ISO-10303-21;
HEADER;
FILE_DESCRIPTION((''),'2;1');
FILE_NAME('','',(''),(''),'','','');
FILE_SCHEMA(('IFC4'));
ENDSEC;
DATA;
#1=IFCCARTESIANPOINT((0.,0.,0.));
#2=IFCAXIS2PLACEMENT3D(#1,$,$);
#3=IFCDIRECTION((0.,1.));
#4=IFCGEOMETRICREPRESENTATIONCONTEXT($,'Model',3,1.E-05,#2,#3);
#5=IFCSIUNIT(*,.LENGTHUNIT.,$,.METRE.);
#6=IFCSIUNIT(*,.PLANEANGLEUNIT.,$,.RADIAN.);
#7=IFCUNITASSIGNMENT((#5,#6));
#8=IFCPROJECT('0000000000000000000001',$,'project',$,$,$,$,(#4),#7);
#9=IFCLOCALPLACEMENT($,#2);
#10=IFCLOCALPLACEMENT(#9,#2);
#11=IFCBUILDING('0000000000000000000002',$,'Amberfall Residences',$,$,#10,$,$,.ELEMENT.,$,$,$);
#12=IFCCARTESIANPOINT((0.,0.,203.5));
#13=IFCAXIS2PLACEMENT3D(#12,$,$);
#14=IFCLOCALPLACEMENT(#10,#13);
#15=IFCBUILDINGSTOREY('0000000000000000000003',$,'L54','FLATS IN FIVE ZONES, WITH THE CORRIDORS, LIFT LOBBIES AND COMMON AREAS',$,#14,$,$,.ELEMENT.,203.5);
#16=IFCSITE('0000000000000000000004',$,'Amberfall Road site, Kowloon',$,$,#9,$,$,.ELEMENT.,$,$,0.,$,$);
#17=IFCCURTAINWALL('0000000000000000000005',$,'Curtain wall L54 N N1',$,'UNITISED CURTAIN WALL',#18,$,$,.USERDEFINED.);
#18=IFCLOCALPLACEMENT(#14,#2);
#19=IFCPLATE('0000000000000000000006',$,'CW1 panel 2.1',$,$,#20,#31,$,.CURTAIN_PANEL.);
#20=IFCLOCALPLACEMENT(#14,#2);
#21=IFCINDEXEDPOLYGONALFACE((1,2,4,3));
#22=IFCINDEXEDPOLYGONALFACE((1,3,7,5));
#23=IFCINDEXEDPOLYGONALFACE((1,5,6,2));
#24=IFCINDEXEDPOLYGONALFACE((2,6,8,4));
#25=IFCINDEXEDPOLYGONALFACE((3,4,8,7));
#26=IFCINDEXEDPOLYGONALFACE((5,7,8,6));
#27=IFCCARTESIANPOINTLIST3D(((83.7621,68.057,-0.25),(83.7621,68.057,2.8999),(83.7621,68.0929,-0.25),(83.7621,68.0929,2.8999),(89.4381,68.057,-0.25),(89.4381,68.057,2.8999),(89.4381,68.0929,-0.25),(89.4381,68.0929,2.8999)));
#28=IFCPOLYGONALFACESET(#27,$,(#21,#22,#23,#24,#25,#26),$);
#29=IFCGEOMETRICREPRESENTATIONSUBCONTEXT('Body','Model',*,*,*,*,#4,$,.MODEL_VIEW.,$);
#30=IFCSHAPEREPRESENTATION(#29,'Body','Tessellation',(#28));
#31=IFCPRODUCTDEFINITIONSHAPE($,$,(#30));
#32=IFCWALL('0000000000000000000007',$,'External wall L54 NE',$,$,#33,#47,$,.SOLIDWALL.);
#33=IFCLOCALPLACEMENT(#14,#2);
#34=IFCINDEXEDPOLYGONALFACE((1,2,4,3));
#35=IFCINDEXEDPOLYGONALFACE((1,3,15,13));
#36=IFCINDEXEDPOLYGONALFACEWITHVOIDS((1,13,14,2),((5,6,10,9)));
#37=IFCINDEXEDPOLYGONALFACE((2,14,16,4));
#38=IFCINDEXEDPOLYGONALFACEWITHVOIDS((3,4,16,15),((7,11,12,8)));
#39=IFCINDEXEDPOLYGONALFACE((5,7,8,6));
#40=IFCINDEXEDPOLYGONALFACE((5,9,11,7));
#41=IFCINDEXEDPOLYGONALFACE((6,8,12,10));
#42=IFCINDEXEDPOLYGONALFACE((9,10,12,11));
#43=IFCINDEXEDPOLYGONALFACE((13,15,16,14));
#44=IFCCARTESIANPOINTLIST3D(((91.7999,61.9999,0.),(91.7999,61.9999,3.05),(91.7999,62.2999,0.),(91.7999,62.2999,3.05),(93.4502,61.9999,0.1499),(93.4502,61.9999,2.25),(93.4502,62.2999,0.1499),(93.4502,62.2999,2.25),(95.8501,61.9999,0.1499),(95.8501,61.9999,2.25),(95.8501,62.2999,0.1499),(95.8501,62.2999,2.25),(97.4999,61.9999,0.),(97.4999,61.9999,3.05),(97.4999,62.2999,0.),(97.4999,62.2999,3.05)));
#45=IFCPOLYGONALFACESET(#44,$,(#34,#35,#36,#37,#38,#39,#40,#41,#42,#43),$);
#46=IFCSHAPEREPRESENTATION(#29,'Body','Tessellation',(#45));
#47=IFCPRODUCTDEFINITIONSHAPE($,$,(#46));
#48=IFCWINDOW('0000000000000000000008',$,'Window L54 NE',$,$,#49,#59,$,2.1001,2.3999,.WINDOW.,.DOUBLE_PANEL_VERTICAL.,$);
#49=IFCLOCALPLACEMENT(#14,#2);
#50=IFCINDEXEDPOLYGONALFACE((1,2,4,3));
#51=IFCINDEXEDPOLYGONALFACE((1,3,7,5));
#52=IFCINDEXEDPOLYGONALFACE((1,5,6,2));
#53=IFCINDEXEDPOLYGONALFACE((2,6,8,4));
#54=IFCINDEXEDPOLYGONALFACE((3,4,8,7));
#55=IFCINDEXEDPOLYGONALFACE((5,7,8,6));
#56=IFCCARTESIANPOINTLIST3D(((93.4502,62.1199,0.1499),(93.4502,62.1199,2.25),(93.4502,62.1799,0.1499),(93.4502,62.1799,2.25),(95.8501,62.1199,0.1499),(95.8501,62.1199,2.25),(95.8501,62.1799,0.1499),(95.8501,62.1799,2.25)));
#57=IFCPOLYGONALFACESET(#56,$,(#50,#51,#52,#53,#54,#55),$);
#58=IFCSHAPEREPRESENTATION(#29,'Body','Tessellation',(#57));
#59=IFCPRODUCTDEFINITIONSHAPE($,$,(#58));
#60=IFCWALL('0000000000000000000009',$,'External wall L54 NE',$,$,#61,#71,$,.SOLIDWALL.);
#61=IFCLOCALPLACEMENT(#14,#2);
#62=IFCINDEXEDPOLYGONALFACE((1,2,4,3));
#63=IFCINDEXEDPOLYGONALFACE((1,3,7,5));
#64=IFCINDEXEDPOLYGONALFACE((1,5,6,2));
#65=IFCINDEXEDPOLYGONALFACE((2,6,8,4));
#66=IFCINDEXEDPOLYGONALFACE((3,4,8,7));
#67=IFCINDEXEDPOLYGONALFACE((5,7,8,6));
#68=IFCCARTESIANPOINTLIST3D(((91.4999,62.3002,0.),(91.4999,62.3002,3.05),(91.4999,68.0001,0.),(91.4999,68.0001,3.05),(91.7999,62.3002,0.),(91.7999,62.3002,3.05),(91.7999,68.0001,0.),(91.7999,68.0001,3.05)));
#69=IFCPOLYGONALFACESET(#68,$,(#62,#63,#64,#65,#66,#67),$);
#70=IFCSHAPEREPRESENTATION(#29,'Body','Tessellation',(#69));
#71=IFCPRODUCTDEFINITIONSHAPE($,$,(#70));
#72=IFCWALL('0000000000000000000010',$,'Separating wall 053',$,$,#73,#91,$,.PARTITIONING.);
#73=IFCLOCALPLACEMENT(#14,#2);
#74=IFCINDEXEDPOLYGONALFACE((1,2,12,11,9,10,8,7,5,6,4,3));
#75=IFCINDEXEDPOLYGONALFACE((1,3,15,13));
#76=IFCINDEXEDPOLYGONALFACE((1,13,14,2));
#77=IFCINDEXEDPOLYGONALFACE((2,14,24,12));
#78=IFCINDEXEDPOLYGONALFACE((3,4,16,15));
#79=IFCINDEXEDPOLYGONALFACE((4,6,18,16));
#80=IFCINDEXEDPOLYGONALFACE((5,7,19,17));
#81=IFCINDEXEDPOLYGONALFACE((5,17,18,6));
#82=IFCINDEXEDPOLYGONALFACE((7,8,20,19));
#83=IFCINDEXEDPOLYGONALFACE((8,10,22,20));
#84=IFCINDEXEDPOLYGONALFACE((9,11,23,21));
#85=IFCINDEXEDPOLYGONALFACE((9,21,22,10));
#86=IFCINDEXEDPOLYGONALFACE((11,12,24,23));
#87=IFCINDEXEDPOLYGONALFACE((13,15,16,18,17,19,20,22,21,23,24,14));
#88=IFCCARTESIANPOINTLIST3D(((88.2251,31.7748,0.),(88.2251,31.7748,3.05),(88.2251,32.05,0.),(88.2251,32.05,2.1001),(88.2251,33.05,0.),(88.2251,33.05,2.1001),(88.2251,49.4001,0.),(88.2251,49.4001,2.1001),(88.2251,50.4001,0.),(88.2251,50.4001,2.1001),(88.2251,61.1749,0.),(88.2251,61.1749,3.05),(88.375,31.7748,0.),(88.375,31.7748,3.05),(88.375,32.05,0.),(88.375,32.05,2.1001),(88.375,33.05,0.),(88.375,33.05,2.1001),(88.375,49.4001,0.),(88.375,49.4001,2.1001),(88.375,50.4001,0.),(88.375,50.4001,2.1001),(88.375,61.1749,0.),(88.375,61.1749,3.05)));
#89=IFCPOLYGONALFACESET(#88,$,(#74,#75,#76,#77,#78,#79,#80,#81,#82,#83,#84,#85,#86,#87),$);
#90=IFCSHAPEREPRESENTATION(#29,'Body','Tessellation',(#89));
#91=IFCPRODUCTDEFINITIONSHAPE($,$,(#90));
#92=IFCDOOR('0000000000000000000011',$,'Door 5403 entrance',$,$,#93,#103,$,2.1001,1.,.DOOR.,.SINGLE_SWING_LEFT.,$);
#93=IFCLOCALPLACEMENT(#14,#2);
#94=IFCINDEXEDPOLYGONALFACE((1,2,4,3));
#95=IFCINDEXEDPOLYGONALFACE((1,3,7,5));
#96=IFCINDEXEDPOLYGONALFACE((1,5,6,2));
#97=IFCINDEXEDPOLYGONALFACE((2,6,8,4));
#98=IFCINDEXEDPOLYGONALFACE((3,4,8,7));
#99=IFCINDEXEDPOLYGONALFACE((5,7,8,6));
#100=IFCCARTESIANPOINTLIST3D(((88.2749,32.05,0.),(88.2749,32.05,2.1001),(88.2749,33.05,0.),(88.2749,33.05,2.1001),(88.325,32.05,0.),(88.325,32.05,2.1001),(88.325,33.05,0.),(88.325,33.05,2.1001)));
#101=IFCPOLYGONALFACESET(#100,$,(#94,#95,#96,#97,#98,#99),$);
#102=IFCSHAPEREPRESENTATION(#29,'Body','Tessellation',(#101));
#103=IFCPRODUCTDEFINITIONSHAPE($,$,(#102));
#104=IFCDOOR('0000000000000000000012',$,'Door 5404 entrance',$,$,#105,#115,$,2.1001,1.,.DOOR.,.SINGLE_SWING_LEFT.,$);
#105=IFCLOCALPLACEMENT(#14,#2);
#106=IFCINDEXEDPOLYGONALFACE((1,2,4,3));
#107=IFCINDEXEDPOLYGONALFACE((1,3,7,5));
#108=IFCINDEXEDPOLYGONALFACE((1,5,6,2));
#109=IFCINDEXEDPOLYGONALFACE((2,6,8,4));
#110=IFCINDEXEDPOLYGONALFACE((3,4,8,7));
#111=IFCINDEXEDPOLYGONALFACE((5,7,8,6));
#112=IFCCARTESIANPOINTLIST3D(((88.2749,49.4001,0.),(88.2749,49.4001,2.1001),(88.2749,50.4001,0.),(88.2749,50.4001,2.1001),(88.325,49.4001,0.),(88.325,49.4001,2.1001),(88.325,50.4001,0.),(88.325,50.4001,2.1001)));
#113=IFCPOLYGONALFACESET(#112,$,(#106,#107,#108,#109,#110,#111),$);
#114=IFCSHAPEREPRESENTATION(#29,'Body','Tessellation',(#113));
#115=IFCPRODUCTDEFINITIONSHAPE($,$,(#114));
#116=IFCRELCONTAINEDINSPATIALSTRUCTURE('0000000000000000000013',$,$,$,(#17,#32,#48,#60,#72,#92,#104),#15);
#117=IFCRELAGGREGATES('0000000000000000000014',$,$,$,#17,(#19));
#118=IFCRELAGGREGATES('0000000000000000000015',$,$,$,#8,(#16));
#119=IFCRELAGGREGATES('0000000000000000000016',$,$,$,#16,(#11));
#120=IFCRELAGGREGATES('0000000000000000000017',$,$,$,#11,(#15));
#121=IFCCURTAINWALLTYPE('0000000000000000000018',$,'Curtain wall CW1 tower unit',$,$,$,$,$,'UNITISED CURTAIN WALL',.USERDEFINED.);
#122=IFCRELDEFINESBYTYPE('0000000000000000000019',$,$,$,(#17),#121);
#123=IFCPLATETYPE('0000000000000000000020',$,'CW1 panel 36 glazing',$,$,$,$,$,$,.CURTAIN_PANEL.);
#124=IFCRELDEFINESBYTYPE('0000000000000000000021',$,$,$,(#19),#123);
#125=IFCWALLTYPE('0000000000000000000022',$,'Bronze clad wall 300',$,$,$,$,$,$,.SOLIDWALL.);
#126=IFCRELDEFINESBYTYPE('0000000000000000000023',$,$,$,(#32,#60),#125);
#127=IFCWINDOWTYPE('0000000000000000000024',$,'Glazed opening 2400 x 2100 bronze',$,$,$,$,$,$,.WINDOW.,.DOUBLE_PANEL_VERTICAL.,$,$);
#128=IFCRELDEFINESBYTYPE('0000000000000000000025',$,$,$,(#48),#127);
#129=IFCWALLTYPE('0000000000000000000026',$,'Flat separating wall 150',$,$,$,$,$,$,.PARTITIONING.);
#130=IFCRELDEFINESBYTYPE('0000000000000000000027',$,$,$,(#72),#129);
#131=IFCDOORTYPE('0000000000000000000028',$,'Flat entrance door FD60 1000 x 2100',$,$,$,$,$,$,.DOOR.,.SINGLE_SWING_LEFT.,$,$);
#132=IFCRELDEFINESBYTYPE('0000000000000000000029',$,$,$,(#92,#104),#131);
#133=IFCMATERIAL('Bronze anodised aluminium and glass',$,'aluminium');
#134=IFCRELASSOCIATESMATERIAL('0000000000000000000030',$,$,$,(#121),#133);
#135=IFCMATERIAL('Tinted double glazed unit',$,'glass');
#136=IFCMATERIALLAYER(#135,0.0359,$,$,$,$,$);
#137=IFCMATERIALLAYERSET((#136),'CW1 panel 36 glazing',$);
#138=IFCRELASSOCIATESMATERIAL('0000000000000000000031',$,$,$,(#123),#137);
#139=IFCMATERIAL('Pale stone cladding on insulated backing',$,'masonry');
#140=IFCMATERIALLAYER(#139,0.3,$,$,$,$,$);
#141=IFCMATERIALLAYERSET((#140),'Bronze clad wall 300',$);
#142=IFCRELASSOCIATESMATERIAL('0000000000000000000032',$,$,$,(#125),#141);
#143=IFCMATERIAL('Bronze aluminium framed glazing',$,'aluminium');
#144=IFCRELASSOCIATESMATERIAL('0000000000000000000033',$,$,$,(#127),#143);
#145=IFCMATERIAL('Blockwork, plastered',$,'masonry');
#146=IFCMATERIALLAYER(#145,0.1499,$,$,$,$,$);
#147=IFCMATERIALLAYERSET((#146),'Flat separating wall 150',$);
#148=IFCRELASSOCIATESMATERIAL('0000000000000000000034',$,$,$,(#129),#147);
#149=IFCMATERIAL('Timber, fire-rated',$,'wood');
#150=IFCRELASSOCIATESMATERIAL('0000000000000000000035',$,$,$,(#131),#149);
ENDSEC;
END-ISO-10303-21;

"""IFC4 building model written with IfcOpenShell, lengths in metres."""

from ifc_helpers import new_model, si_unit, direction, frame, frame_2d, origin, origin_2d, place, context, subcontext, project, spatial, rectangle, extrude, material, layer, layer_set, type_object, element, fill, aggregate, save


model = new_model("IFC4")

# Units and contexts
model_context = context("Model", 3, precision=1e-05, world=origin(), true_north=direction((0.0, 1.0)))
body_context = subcontext(model_context, "Body", "Model", "MODEL_VIEW")
ifc_project = project(units=[si_unit("LENGTHUNIT", "METRE"), si_unit("PLANEANGLEUNIT", "RADIAN")], contexts=[model_context])

# Site, building, storey
site_placement = place(None, origin())
site = spatial("IfcSite", under=ifc_project, at=site_placement, Name="Amberfall Road site, Kowloon", CompositionType="ELEMENT", RefElevation=0.0)
building_placement = place(site_placement, origin())
building = spatial("IfcBuilding", under=site, at=building_placement, Name="Amberfall Residences", CompositionType="ELEMENT")
storey_placement = place(building_placement, frame((0.0, 0.0, 203.5)))
storey = spatial("IfcBuildingStorey", under=building, at=storey_placement, Name="L54", Description="FLATS IN FIVE ZONES, WITH THE CORRIDORS, LIFT LOBBIES AND COMMON AREAS", CompositionType="ELEMENT", Elevation=203.5)

# Shared definitions
ifc_material_1 = material(Name="Bronze anodised aluminium and glass", Category="aluminium")
curtain_wall_type = type_object("IfcCurtainWallType", Name="Curtain wall CW1 tower unit", ElementType="UNITISED CURTAIN WALL", PredefinedType="USERDEFINED", material=ifc_material_1)

# Curtain wall
curtain_wall_1_placement = place(storey_placement, origin())
curtain_wall_1 = element("IfcCurtainWall", 1, at=curtain_wall_1_placement, inside=storey, type_object=curtain_wall_type, Name="Curtain wall L54 N N1", ObjectType="UNITISED CURTAIN WALL", PredefinedType="USERDEFINED")

# Plate
ifc_material_2 = material(Name="Tinted double glazed unit", Category="glass")
ifc_layer_1 = layer(ifc_material_2, 0.0359)
ifc_layer_set_1 = layer_set([ifc_layer_1], Name="CW1 panel 36 glazing")
plate_type = type_object("IfcPlateType", Name="CW1 panel 36 glazing", PredefinedType="CURTAIN_PANEL", material=ifc_layer_set_1)
plate_1_placement = place(storey_placement, frame((86.6001, 68.075, -0.25), z_axis=(0.0, 0.0, 1.0), x_axis=(-1.0, 0.0, 0.0)))
plate_1 = element("IfcPlate", 2, at=plate_1_placement, type_object=plate_type, Name="CW1 panel 2.1", PredefinedType="CURTAIN_PANEL", context=body_context, shape_type="SweptSolid", body=[
    extrude(rectangle(XDim=5.676, YDim=0.0359, at=origin_2d()), origin(), (0.0, 0.0, 1.0), 3.1499),
])
aggregate(curtain_wall_1, [plate_1])

# Wall, opening, window
ifc_material_3 = material(Name="Pale stone cladding on insulated backing", Category="masonry")
ifc_layer_2 = layer(ifc_material_3, 0.3)
ifc_layer_set_2 = layer_set([ifc_layer_2], Name="Bronze clad wall 300")
wall_type_1 = type_object("IfcWallType", Name="Bronze clad wall 300", PredefinedType="SOLIDWALL", material=ifc_layer_set_2)
wall_1_placement = place(storey_placement, frame((97.5, 62.1499, 0.0), z_axis=(0.0, 0.0, 1.0), x_axis=(-1.0, 0.0, 0.0)))
wall_1 = element("IfcWall", 3, at=wall_1_placement, inside=storey, type_object=wall_type_1, Name="External wall L54 NE", PredefinedType="SOLIDWALL", context=body_context, shape_type="SweptSolid", body=[
    extrude(rectangle(XDim=5.7, YDim=0.3, at=frame_2d((2.8501, 0.0))), origin(), (0.0, 0.0, 1.0), 3.05),
])
opening_1_placement = place(wall_1_placement, frame((1.6499, 0.0, 0.1499)))
opening_1 = element("IfcOpeningElement", 4, at=opening_1_placement, cuts=wall_1, PredefinedType="OPENING", context=body_context, shape_type="SweptSolid", body=[
    extrude(rectangle(XDim=2.3999, YDim=2.1001, at=frame_2d((1.2, 1.05))), frame((0.0, 0.1599, 0.0), z_axis=(0.0, -1.0, 0.0), x_axis=(1.0, 0.0, 0.0)), (0.0, 0.0, 1.0), 0.3201),
])
ifc_material_4 = material(Name="Bronze aluminium framed glazing", Category="aluminium")
window_type = type_object("IfcWindowType", Name="Glazed opening 2400 x 2100 bronze", PartitioningType="DOUBLE_PANEL_VERTICAL", PredefinedType="WINDOW", material=ifc_material_4)
window_placement = place(opening_1_placement, origin())
window = element("IfcWindow", 5, at=window_placement, inside=storey, type_object=window_type, Name="Window L54 NE", OverallHeight=2.1001, OverallWidth=2.3999, PartitioningType="DOUBLE_PANEL_VERTICAL", PredefinedType="WINDOW", context=body_context, shape_type="SweptSolid", body=[
    extrude(rectangle(XDim=2.3999, YDim=2.1001, at=frame_2d((1.2, 1.05))), frame((0.0, 0.03, 0.0), z_axis=(0.0, -1.0, 0.0), x_axis=(1.0, 0.0, 0.0)), (0.0, 0.0, 1.0), 0.0601),
])
fill(opening_1, window)

# Wall
wall_2_placement = place(storey_placement, frame((91.6499, 62.3, 0.0), z_axis=(0.0, 0.0, 1.0), x_axis=(0.0, 1.0, 0.0)))
element("IfcWall", 6, at=wall_2_placement, inside=storey, type_object=wall_type_1, Name="External wall L54 NE", PredefinedType="SOLIDWALL", context=body_context, shape_type="SweptSolid", body=[
    extrude(rectangle(XDim=5.7, YDim=0.3, at=frame_2d((2.8501, 0.0))), origin(), (0.0, 0.0, 1.0), 3.05),
])

# Wall, openings, doors
ifc_material_5 = material(Name="Blockwork, plastered", Category="masonry")
ifc_layer_3 = layer(ifc_material_5, 0.1499)
ifc_layer_set_3 = layer_set([ifc_layer_3], Name="Flat separating wall 150")
wall_type_2 = type_object("IfcWallType", Name="Flat separating wall 150", PredefinedType="PARTITIONING", material=ifc_layer_set_3)
wall_3_placement = place(storey_placement, frame((88.3, 61.175, 0.0), z_axis=(0.0, 0.0, 1.0), x_axis=(0.0, -1.0, 0.0)))
wall_3 = element("IfcWall", 7, at=wall_3_placement, inside=storey, type_object=wall_type_2, Name="Separating wall 053", PredefinedType="PARTITIONING", context=body_context, shape_type="SweptSolid", body=[
    extrude(rectangle(XDim=29.4001, YDim=0.1499, at=frame_2d((14.7002, 0.0))), origin(), (0.0, 0.0, 1.0), 3.05),
])
opening_2_placement = place(wall_3_placement, frame((28.125, 0.0, 0.0)))
opening_2 = element("IfcOpeningElement", 8, at=opening_2_placement, cuts=wall_3, PredefinedType="OPENING", context=body_context, shape_type="SweptSolid", body=[
    extrude(rectangle(XDim=1.0, YDim=2.1001, at=frame_2d((0.5, 1.05))), frame((0.0, 0.085, 0.0), z_axis=(0.0, -1.0, 0.0), x_axis=(1.0, 0.0, 0.0)), (0.0, 0.0, 1.0), 0.1699),
])
opening_3_placement = place(wall_3_placement, frame((10.7749, 0.0, 0.0)))
opening_3 = element("IfcOpeningElement", 9, at=opening_3_placement, cuts=wall_3, PredefinedType="OPENING", context=body_context, shape_type="SweptSolid", body=[
    extrude(rectangle(XDim=1.0, YDim=2.1001, at=frame_2d((0.5, 1.05))), frame((0.0, 0.085, 0.0), z_axis=(0.0, -1.0, 0.0), x_axis=(1.0, 0.0, 0.0)), (0.0, 0.0, 1.0), 0.1699),
])
ifc_material_6 = material(Name="Timber, fire-rated", Category="wood")
door_type = type_object("IfcDoorType", Name="Flat entrance door FD60 1000 x 2100", OperationType="SINGLE_SWING_LEFT", PredefinedType="DOOR", material=ifc_material_6)
door_1_placement = place(opening_2_placement, origin())
door_1 = element("IfcDoor", 10, at=door_1_placement, inside=storey, type_object=door_type, Name="Door 5403 entrance", OperationType="SINGLE_SWING_LEFT", OverallHeight=2.1001, OverallWidth=1.0, PredefinedType="DOOR", context=body_context, shape_type="SweptSolid", body=[
    extrude(rectangle(XDim=1.0, YDim=2.1001, at=frame_2d((0.5, 1.05))), frame((0.0, 0.0249, 0.0), z_axis=(0.0, -1.0, 0.0), x_axis=(1.0, 0.0, 0.0)), (0.0, 0.0, 1.0), 0.05),
])
fill(opening_2, door_1)
door_2_placement = place(opening_3_placement, origin())
door_2 = element("IfcDoor", 11, at=door_2_placement, inside=storey, type_object=door_type, Name="Door 5404 entrance", OperationType="SINGLE_SWING_LEFT", OverallHeight=2.1001, OverallWidth=1.0, PredefinedType="DOOR", context=body_context, shape_type="SweptSolid", body=[
    extrude(rectangle(XDim=1.0, YDim=2.1001, at=frame_2d((0.5, 1.05))), frame((0.0, 0.0249, 0.0), z_axis=(0.0, -1.0, 0.0), x_axis=(1.0, 0.0, 0.0)), (0.0, 0.0, 1.0), 0.05),
])
fill(opening_3, door_2)

save(model, "model.ifc")
